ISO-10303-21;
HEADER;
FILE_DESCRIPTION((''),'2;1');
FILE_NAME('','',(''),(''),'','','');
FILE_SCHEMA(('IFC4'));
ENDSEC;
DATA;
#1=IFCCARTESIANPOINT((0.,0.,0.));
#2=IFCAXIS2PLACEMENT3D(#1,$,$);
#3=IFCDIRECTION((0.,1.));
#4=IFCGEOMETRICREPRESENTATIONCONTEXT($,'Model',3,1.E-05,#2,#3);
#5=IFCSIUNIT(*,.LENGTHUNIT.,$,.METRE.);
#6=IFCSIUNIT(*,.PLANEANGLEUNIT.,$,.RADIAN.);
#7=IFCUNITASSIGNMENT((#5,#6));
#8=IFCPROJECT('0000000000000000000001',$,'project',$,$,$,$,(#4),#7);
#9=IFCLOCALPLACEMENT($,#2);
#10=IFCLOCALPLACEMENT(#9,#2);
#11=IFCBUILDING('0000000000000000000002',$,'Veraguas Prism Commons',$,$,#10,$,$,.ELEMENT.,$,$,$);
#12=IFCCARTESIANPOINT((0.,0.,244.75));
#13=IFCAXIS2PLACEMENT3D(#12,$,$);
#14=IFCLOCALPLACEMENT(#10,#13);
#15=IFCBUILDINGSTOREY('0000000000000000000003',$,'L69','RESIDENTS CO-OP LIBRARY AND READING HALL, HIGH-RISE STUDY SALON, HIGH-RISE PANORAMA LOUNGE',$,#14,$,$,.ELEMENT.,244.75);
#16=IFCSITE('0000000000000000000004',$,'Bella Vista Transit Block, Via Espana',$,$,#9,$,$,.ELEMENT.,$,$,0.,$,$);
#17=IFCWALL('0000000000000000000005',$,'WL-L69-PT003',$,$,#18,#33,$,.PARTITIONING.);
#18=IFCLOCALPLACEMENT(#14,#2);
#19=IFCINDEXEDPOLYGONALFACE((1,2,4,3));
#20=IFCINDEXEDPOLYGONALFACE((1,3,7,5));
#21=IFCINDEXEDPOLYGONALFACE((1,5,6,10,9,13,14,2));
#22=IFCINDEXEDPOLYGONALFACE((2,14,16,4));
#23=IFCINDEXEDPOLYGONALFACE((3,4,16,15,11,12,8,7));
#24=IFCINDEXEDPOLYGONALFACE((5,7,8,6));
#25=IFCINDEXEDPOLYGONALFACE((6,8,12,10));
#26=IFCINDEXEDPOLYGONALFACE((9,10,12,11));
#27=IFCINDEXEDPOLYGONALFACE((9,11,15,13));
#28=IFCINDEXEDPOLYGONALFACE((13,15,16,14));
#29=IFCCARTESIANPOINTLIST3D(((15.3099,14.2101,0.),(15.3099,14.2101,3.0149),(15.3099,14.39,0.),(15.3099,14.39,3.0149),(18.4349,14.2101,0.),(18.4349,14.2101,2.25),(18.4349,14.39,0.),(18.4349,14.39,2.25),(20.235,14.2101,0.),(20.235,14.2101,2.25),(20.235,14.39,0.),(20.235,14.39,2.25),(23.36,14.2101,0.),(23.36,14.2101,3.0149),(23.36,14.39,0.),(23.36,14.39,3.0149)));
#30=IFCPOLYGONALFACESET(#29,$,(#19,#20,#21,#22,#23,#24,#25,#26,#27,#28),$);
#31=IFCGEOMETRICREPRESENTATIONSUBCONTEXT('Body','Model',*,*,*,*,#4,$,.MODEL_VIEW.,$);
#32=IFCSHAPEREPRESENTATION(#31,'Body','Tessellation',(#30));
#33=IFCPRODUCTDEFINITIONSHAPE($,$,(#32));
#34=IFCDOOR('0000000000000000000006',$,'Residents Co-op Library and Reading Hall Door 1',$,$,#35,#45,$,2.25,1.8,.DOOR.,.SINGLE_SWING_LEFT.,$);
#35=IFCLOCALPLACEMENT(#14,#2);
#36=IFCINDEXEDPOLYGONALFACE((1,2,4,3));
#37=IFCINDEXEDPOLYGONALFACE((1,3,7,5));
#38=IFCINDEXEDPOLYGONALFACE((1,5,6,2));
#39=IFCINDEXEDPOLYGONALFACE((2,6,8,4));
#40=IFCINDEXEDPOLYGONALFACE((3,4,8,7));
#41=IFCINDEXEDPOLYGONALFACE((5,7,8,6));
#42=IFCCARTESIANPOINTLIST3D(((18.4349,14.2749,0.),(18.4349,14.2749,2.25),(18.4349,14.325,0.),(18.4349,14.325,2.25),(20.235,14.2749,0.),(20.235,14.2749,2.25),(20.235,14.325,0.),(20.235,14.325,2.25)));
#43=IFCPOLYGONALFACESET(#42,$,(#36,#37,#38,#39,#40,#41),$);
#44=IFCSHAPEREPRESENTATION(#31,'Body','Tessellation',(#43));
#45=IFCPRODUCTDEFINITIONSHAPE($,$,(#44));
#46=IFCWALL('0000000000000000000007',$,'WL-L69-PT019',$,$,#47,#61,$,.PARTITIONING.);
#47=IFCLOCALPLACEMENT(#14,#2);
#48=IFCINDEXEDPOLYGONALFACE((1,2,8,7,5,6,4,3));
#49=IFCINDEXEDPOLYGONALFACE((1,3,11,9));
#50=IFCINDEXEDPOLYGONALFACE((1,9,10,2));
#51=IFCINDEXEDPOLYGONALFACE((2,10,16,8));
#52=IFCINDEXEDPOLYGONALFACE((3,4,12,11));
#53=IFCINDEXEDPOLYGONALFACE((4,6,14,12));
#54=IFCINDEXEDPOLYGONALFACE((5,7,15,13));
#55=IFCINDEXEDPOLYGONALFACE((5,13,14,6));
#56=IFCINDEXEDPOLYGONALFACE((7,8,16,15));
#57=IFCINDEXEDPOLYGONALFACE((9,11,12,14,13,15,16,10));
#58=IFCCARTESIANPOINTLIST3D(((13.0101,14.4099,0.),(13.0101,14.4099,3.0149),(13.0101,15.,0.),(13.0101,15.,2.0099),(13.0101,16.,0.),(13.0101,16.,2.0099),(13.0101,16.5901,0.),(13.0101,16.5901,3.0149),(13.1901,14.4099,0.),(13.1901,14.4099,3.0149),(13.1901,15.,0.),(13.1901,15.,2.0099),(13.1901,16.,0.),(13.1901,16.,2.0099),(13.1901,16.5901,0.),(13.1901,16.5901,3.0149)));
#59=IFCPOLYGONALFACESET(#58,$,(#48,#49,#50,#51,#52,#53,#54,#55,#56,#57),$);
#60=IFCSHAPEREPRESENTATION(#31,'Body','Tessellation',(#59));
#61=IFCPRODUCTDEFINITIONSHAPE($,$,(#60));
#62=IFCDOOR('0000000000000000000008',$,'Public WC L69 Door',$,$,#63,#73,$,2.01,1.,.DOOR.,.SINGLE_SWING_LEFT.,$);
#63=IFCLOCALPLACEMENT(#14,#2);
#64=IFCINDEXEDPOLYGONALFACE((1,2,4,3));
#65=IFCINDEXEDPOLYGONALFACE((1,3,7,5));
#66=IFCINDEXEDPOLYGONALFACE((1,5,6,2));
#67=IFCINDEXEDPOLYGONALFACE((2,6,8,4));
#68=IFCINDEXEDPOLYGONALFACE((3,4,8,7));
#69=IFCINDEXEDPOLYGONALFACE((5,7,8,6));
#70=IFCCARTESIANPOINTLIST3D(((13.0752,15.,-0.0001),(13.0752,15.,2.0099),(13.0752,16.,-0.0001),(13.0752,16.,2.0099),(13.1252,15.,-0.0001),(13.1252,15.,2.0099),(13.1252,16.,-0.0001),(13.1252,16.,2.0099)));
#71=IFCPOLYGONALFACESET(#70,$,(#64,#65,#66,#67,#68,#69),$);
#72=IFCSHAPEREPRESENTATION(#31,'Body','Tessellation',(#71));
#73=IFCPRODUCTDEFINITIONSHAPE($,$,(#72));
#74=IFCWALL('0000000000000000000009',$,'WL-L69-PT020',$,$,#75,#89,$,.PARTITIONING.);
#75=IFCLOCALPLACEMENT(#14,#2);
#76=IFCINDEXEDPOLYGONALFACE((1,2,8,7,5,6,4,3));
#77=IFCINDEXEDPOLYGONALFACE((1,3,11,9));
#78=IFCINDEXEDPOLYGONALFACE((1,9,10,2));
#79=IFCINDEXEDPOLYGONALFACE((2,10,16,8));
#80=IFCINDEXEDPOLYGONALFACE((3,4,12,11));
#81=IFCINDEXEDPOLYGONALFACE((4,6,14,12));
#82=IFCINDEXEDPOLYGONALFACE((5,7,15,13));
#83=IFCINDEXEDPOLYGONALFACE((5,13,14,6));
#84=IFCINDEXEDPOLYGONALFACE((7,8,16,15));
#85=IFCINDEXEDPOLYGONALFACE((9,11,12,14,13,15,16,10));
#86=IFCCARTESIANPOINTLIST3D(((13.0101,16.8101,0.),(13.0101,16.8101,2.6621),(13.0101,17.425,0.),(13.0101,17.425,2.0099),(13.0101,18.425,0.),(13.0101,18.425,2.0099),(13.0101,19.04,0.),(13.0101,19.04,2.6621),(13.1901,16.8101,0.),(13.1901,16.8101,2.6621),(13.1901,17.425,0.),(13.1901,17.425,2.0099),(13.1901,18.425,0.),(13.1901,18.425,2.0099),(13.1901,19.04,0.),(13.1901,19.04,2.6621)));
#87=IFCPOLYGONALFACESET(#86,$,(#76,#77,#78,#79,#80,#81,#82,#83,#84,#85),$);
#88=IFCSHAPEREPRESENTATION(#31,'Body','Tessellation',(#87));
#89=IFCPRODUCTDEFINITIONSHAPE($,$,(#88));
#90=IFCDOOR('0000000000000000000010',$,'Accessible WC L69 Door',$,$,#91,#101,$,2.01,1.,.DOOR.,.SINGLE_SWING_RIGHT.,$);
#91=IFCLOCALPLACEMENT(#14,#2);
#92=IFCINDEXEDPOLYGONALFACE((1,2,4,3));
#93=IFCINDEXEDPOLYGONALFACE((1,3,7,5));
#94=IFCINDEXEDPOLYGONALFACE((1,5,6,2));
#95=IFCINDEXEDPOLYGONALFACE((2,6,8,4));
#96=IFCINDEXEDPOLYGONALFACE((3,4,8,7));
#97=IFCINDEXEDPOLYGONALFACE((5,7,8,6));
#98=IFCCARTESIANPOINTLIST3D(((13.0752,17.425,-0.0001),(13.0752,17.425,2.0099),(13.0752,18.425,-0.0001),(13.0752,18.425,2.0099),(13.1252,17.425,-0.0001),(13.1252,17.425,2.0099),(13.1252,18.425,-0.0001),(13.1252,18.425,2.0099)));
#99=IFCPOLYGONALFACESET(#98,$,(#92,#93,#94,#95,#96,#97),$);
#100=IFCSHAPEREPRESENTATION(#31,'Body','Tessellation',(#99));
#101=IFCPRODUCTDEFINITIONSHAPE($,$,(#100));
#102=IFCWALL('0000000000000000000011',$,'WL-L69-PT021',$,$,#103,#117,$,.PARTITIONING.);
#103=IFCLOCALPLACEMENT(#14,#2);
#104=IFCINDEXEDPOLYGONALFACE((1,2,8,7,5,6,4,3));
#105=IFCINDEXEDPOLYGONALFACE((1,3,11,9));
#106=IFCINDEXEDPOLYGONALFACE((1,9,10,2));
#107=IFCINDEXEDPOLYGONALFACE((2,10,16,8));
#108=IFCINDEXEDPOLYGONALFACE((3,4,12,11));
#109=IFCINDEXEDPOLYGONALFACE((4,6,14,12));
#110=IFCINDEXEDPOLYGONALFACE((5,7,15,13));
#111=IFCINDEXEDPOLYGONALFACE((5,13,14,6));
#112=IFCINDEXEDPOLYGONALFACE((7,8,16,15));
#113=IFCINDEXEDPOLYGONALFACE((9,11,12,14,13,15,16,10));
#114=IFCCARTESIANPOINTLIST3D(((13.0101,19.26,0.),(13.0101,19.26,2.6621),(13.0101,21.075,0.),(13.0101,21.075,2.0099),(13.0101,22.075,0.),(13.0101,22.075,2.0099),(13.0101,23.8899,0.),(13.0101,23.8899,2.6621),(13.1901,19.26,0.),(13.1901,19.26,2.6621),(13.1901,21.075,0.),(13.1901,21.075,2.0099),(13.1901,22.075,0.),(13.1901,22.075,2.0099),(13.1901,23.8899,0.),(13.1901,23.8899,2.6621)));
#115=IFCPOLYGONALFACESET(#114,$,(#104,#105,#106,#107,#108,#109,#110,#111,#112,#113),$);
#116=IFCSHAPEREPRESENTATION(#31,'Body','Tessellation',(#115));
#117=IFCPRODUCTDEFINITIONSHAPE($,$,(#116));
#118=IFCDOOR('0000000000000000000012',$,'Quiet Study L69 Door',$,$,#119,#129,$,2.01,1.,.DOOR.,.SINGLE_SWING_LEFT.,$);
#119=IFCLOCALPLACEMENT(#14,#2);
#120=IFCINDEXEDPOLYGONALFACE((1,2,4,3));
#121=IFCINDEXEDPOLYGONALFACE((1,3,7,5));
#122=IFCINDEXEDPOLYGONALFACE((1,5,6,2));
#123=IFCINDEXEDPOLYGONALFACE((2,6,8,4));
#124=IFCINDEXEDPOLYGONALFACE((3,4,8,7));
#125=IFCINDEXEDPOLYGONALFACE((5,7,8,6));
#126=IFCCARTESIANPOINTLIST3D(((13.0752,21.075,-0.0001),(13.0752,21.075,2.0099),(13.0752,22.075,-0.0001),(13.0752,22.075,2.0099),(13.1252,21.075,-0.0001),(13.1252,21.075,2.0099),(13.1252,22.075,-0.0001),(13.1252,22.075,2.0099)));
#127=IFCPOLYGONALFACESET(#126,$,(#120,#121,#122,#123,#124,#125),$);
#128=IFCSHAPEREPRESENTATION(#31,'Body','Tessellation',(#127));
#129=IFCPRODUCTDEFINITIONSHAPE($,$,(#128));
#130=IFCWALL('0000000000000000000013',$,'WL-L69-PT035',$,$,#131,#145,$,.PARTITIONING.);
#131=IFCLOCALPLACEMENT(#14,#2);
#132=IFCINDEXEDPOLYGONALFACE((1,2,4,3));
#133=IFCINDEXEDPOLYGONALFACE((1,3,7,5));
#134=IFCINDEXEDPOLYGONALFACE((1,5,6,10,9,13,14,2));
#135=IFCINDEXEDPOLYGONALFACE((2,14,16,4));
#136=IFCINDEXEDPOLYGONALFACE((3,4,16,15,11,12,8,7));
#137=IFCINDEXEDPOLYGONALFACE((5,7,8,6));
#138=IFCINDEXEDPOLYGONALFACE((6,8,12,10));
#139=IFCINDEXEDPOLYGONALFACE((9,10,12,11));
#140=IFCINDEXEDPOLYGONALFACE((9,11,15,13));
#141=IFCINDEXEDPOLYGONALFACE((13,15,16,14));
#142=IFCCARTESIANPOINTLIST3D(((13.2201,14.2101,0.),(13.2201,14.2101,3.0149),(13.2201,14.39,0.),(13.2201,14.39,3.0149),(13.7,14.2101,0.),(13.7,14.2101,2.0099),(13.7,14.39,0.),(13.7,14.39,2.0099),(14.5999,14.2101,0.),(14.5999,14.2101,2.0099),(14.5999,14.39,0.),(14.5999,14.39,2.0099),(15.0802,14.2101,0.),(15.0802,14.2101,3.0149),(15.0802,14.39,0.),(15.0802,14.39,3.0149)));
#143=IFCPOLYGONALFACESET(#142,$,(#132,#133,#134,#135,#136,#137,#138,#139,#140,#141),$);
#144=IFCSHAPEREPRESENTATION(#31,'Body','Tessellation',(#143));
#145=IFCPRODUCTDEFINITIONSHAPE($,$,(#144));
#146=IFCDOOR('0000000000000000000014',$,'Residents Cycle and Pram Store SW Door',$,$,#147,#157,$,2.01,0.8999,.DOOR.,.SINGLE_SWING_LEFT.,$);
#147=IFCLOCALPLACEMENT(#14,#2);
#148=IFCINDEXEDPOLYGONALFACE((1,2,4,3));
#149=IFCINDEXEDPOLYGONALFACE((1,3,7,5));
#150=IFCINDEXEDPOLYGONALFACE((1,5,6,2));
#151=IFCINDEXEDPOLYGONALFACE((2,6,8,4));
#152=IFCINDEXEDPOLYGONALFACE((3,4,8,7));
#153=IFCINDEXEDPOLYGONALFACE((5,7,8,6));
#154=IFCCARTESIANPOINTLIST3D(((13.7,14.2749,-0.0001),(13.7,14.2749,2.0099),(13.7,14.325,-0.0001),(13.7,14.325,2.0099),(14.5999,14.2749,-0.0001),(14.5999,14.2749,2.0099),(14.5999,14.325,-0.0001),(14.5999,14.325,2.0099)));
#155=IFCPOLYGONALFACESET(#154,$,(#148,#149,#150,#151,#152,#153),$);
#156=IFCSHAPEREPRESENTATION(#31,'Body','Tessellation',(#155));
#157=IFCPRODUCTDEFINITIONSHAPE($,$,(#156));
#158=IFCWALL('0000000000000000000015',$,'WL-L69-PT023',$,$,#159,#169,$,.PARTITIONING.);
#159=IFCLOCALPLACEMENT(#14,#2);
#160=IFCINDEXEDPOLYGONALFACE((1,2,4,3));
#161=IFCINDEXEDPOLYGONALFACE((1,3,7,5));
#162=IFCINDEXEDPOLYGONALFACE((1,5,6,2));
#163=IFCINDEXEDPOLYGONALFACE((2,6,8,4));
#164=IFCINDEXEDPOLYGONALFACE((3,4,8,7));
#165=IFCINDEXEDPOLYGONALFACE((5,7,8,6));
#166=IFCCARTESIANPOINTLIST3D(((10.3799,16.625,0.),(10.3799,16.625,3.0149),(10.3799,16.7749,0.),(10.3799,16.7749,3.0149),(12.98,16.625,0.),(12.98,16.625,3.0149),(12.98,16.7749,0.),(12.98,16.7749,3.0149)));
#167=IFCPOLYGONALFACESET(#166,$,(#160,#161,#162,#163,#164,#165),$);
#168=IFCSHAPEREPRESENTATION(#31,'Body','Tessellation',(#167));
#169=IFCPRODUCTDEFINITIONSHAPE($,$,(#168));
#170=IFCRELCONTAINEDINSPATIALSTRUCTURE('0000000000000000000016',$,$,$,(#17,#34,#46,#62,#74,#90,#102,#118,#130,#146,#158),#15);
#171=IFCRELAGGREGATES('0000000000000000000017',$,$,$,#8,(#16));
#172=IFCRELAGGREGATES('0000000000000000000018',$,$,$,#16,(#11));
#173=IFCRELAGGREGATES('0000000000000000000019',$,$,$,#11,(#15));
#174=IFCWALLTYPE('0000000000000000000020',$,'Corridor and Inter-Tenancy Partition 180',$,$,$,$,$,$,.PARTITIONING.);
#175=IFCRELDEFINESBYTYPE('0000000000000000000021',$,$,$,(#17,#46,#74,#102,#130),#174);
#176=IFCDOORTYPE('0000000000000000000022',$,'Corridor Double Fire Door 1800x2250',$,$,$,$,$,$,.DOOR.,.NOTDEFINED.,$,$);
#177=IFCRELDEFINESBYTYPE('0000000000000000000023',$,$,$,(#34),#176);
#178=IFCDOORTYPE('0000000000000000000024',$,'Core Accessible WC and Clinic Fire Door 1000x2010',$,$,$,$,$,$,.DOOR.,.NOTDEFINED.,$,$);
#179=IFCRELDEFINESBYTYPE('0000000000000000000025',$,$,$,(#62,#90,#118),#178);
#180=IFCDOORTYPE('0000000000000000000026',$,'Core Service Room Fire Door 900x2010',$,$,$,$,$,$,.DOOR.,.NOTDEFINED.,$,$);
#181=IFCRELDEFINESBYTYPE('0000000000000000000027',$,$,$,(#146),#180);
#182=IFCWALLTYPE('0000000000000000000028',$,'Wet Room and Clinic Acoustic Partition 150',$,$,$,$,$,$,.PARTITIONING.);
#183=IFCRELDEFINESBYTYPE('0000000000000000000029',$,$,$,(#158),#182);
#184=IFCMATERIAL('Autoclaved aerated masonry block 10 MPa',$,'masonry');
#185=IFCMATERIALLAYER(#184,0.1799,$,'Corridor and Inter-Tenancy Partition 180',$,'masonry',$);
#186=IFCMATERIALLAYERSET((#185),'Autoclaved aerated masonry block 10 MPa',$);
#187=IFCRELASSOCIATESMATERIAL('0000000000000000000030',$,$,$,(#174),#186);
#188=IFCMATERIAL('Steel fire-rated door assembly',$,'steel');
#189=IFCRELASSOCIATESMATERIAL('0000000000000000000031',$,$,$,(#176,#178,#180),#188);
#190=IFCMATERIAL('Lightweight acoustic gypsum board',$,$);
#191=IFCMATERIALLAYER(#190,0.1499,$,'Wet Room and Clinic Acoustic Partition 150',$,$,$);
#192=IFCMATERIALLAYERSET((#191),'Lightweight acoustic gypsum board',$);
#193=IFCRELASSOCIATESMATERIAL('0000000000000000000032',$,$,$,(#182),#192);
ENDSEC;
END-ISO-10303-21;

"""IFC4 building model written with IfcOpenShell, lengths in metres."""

from ifc_helpers import new_model, si_unit, direction, frame, frame_2d, origin, place, context, subcontext, project, spatial, rectangle, extrude, source, transform, mapped, material, layer, layer_set, type_object, element, fill, save


model = new_model("IFC4")

# Units and contexts
model_context = context("Model", 3, precision=1e-05, world=origin(), true_north=direction((0.0, 1.0)))
body_context = subcontext(model_context, "Body", "Model", "MODEL_VIEW")
ifc_project = project(units=[si_unit("LENGTHUNIT", "METRE"), si_unit("PLANEANGLEUNIT", "RADIAN")], contexts=[model_context])

# Site, building, storey
site_placement = place(None, origin())
site = spatial("IfcSite", under=ifc_project, at=site_placement, Name="Bella Vista Transit Block, Via Espana", CompositionType="ELEMENT", RefElevation=0.0)
building_placement = place(site_placement, origin())
building = spatial("IfcBuilding", under=site, at=building_placement, Name="Veraguas Prism Commons", CompositionType="ELEMENT")
storey_placement = place(building_placement, frame((0.0, 0.0, 244.75)))
storey = spatial("IfcBuildingStorey", under=building, at=storey_placement, Name="L69", Description="RESIDENTS CO-OP LIBRARY AND READING HALL, HIGH-RISE STUDY SALON, HIGH-RISE PANORAMA LOUNGE", CompositionType="ELEMENT", Elevation=244.75)

# Shared definitions
ifc_material_1 = material(Name="Steel fire-rated door assembly", Category="steel")

# Walls, openings, doors
ifc_material_2 = material(Name="Autoclaved aerated masonry block 10 MPa", Category="masonry")
ifc_layer_1 = layer(ifc_material_2, 0.1799, Name="Corridor and Inter-Tenancy Partition 180", Category="masonry")
ifc_layer_set_1 = layer_set([ifc_layer_1], Name="Autoclaved aerated masonry block 10 MPa")
wall_type_1 = type_object("IfcWallType", Name="Corridor and Inter-Tenancy Partition 180", PredefinedType="PARTITIONING", material=ifc_layer_set_1)
wall_1_placement = place(storey_placement, frame((15.3101, 14.3, 0.0), z_axis=(0.0, 0.0, 1.0), x_axis=(1.0, 0.0, 0.0)))
wall_1 = element("IfcWall", 1, at=wall_1_placement, inside=storey, type_object=wall_type_1, Name="WL-L69-PT003", PredefinedType="PARTITIONING", context=body_context, shape_type="SweptSolid", body=[
    extrude(rectangle(XDim=8.05, YDim=0.1799, at=frame_2d((4.0249, 0.0))), origin(), (0.0, 0.0, 1.0), 3.0149),
])
opening_1_placement = place(wall_1_placement, frame((3.125, 0.0, 0.0)))
opening_1 = element("IfcOpeningElement", 2, at=opening_1_placement, cuts=wall_1, PredefinedType="OPENING", context=body_context, shape_type="SweptSolid", body=[
    extrude(rectangle(XDim=1.8, YDim=2.25, at=frame_2d((0.8999, 1.125))), frame((0.0, 0.0999, 0.0), z_axis=(0.0, -1.0, 0.0), x_axis=(1.0, 0.0, 0.0)), (0.0, 0.0, 1.0), 0.2),
])
door_type_1 = type_object("IfcDoorType", Name="Corridor Double Fire Door 1800x2250", OperationType="NOTDEFINED", PredefinedType="DOOR", material=ifc_material_1)
shared_shape_1 = source(origin(), body_context, "Body", "SweptSolid", [
    extrude(rectangle(XDim=1.8, YDim=2.25, at=frame_2d((0.8999, 1.125))), frame((0.0, 0.0249, 0.0), z_axis=(0.0, -1.0, 0.0), x_axis=(1.0, 0.0, 0.0)), (0.0, 0.0, 1.0), 0.05),
])
door_1_placement = place(opening_1_placement, origin())
door_1 = element("IfcDoor", 3, at=door_1_placement, inside=storey, type_object=door_type_1, Name="Residents Co-op Library and Reading Hall Door 1", OperationType="SINGLE_SWING_LEFT", OverallHeight=2.25, OverallWidth=1.8, PredefinedType="DOOR", context=body_context, shape_type="MappedRepresentation", body=[
    mapped(shared_shape_1, transform((0.0, 0.0, 0.0), scale=1.0)),
])
fill(opening_1, door_1)
wall_2_placement = place(storey_placement, frame((13.1001, 14.4099, 0.0), z_axis=(0.0, 0.0, 1.0), x_axis=(0.0, 1.0, 0.0)))
wall_2 = element("IfcWall", 4, at=wall_2_placement, inside=storey, type_object=wall_type_1, Name="WL-L69-PT019", PredefinedType="PARTITIONING", context=body_context, shape_type="SweptSolid", body=[
    extrude(rectangle(XDim=2.1802, YDim=0.1799, at=frame_2d((1.0901, 0.0))), origin(), (0.0, 0.0, 1.0), 3.0149),
])
opening_2_placement = place(wall_2_placement, frame((0.5901, 0.0, 0.0)))
opening_2 = element("IfcOpeningElement", 5, at=opening_2_placement, cuts=wall_2, PredefinedType="OPENING", context=body_context, shape_type="SweptSolid", body=[
    extrude(rectangle(XDim=1.0, YDim=2.01, at=frame_2d((0.5, 1.0049))), frame((0.0, 0.0999, 0.0), z_axis=(0.0, -1.0, 0.0), x_axis=(1.0, 0.0, 0.0)), (0.0, 0.0, 1.0), 0.2),
])
door_type_2 = type_object("IfcDoorType", Name="Core Accessible WC and Clinic Fire Door 1000x2010", OperationType="NOTDEFINED", PredefinedType="DOOR", material=ifc_material_1)
shared_shape_2 = source(origin(), body_context, "Body", "SweptSolid", [
    extrude(rectangle(XDim=1.0, YDim=2.01, at=frame_2d((0.5, 1.0049))), frame((0.0, 0.0249, 0.0), z_axis=(0.0, -1.0, 0.0), x_axis=(1.0, 0.0, 0.0)), (0.0, 0.0, 1.0), 0.05),
])
door_2_placement = place(opening_2_placement, origin())
door_2 = element("IfcDoor", 6, at=door_2_placement, inside=storey, type_object=door_type_2, Name="Public WC L69 Door", OperationType="SINGLE_SWING_LEFT", OverallHeight=2.01, OverallWidth=1.0, PredefinedType="DOOR", context=body_context, shape_type="MappedRepresentation", body=[
    mapped(shared_shape_2, transform((0.0, 0.0, 0.0), scale=1.0)),
])
fill(opening_2, door_2)
wall_3_placement = place(storey_placement, frame((13.1001, 16.8101, 0.0), z_axis=(0.0, 0.0, 1.0), x_axis=(0.0, 1.0, 0.0)))
wall_3 = element("IfcWall", 7, at=wall_3_placement, inside=storey, type_object=wall_type_1, Name="WL-L69-PT020", PredefinedType="PARTITIONING", context=body_context, shape_type="SweptSolid", body=[
    extrude(rectangle(XDim=2.23, YDim=0.1799, at=frame_2d((1.115, 0.0))), origin(), (0.0, 0.0, 1.0), 2.6621),
])
opening_3_placement = place(wall_3_placement, frame((0.615, 0.0, 0.0)))
opening_3 = element("IfcOpeningElement", 8, at=opening_3_placement, cuts=wall_3, PredefinedType="OPENING", context=body_context, shape_type="SweptSolid", body=[
    extrude(rectangle(XDim=1.0, YDim=2.01, at=frame_2d((0.5, 1.0049))), frame((0.0, 0.0999, 0.0), z_axis=(0.0, -1.0, 0.0), x_axis=(1.0, 0.0, 0.0)), (0.0, 0.0, 1.0), 0.2),
])
door_3_placement = place(opening_3_placement, origin())
door_3 = element("IfcDoor", 9, at=door_3_placement, inside=storey, type_object=door_type_2, Name="Accessible WC L69 Door", OperationType="SINGLE_SWING_RIGHT", OverallHeight=2.01, OverallWidth=1.0, PredefinedType="DOOR", context=body_context, shape_type="MappedRepresentation", body=[
    mapped(shared_shape_2, transform((0.0, 0.0, 0.0), scale=1.0)),
])
fill(opening_3, door_3)
wall_4_placement = place(storey_placement, frame((13.1001, 19.26, 0.0), z_axis=(0.0, 0.0, 1.0), x_axis=(0.0, 1.0, 0.0)))
wall_4 = element("IfcWall", 10, at=wall_4_placement, inside=storey, type_object=wall_type_1, Name="WL-L69-PT021", PredefinedType="PARTITIONING", context=body_context, shape_type="SweptSolid", body=[
    extrude(rectangle(XDim=4.6299, YDim=0.1799, at=frame_2d((2.3149, 0.0))), origin(), (0.0, 0.0, 1.0), 2.6621),
])
opening_4_placement = place(wall_4_placement, frame((1.8149, 0.0, 0.0)))
opening_4 = element("IfcOpeningElement", 11, at=opening_4_placement, cuts=wall_4, PredefinedType="OPENING", context=body_context, shape_type="SweptSolid", body=[
    extrude(rectangle(XDim=1.0, YDim=2.01, at=frame_2d((0.5, 1.0049))), frame((0.0, 0.0999, 0.0), z_axis=(0.0, -1.0, 0.0), x_axis=(1.0, 0.0, 0.0)), (0.0, 0.0, 1.0), 0.2),
])
door_4_placement = place(opening_4_placement, origin())
door_4 = element("IfcDoor", 12, at=door_4_placement, inside=storey, type_object=door_type_2, Name="Quiet Study L69 Door", OperationType="SINGLE_SWING_LEFT", OverallHeight=2.01, OverallWidth=1.0, PredefinedType="DOOR", context=body_context, shape_type="MappedRepresentation", body=[
    mapped(shared_shape_2, transform((0.0, 0.0, 0.0), scale=1.0)),
])
fill(opening_4, door_4)
wall_5_placement = place(storey_placement, frame((13.22, 14.3, 0.0), z_axis=(0.0, 0.0, 1.0), x_axis=(1.0, 0.0, 0.0)))
wall_5 = element("IfcWall", 13, at=wall_5_placement, inside=storey, type_object=wall_type_1, Name="WL-L69-PT035", PredefinedType="PARTITIONING", context=body_context, shape_type="SweptSolid", body=[
    extrude(rectangle(XDim=1.8601, YDim=0.1799, at=frame_2d((0.9302, 0.0))), origin(), (0.0, 0.0, 1.0), 3.0149),
])
opening_5_placement = place(wall_5_placement, frame((0.48, 0.0, 0.0)))
opening_5 = element("IfcOpeningElement", 14, at=opening_5_placement, cuts=wall_5, PredefinedType="OPENING", context=body_context, shape_type="SweptSolid", body=[
    extrude(rectangle(XDim=0.8999, YDim=2.01, at=frame_2d((0.45, 1.0049))), frame((0.0, 0.0999, 0.0), z_axis=(0.0, -1.0, 0.0), x_axis=(1.0, 0.0, 0.0)), (0.0, 0.0, 1.0), 0.2),
])
door_type_3 = type_object("IfcDoorType", Name="Core Service Room Fire Door 900x2010", OperationType="NOTDEFINED", PredefinedType="DOOR", material=ifc_material_1)
shared_shape_3 = source(origin(), body_context, "Body", "SweptSolid", [
    extrude(rectangle(XDim=0.8999, YDim=2.01, at=frame_2d((0.45, 1.0049))), frame((0.0, 0.0249, 0.0), z_axis=(0.0, -1.0, 0.0), x_axis=(1.0, 0.0, 0.0)), (0.0, 0.0, 1.0), 0.05),
])
door_5_placement = place(opening_5_placement, origin())
door_5 = element("IfcDoor", 15, at=door_5_placement, inside=storey, type_object=door_type_3, Name="Residents Cycle and Pram Store SW Door", OperationType="SINGLE_SWING_LEFT", OverallHeight=2.01, OverallWidth=0.8999, PredefinedType="DOOR", context=body_context, shape_type="MappedRepresentation", body=[
    mapped(shared_shape_3, transform((0.0, 0.0, 0.0), scale=1.0)),
])
fill(opening_5, door_5)

# Wall
ifc_material_3 = material(Name="Lightweight acoustic gypsum board")
ifc_layer_2 = layer(ifc_material_3, 0.1499, Name="Wet Room and Clinic Acoustic Partition 150")
ifc_layer_set_2 = layer_set([ifc_layer_2], Name="Lightweight acoustic gypsum board")
wall_type_2 = type_object("IfcWallType", Name="Wet Room and Clinic Acoustic Partition 150", PredefinedType="PARTITIONING", material=ifc_layer_set_2)
for number, where, z_axis, x_axis, name in (
    (16, (12.98, 16.7, 0.0), (0.0, 0.0, 1.0), (-1.0, 0.0, 0.0), "WL-L69-PT023"),
):
    element("IfcWall", number, at=place(storey_placement, frame(where, z_axis=z_axis, x_axis=x_axis)), inside=storey, type_object=wall_type_2, Name=name, PredefinedType="PARTITIONING", context=body_context, shape_type="SweptSolid", body=[
        extrude(rectangle(XDim=2.6001, YDim=0.1499, at=frame_2d((1.3, 0.0))), origin(), (0.0, 0.0, 1.0), 3.0149),
    ])

save(model, "model.ifc")
